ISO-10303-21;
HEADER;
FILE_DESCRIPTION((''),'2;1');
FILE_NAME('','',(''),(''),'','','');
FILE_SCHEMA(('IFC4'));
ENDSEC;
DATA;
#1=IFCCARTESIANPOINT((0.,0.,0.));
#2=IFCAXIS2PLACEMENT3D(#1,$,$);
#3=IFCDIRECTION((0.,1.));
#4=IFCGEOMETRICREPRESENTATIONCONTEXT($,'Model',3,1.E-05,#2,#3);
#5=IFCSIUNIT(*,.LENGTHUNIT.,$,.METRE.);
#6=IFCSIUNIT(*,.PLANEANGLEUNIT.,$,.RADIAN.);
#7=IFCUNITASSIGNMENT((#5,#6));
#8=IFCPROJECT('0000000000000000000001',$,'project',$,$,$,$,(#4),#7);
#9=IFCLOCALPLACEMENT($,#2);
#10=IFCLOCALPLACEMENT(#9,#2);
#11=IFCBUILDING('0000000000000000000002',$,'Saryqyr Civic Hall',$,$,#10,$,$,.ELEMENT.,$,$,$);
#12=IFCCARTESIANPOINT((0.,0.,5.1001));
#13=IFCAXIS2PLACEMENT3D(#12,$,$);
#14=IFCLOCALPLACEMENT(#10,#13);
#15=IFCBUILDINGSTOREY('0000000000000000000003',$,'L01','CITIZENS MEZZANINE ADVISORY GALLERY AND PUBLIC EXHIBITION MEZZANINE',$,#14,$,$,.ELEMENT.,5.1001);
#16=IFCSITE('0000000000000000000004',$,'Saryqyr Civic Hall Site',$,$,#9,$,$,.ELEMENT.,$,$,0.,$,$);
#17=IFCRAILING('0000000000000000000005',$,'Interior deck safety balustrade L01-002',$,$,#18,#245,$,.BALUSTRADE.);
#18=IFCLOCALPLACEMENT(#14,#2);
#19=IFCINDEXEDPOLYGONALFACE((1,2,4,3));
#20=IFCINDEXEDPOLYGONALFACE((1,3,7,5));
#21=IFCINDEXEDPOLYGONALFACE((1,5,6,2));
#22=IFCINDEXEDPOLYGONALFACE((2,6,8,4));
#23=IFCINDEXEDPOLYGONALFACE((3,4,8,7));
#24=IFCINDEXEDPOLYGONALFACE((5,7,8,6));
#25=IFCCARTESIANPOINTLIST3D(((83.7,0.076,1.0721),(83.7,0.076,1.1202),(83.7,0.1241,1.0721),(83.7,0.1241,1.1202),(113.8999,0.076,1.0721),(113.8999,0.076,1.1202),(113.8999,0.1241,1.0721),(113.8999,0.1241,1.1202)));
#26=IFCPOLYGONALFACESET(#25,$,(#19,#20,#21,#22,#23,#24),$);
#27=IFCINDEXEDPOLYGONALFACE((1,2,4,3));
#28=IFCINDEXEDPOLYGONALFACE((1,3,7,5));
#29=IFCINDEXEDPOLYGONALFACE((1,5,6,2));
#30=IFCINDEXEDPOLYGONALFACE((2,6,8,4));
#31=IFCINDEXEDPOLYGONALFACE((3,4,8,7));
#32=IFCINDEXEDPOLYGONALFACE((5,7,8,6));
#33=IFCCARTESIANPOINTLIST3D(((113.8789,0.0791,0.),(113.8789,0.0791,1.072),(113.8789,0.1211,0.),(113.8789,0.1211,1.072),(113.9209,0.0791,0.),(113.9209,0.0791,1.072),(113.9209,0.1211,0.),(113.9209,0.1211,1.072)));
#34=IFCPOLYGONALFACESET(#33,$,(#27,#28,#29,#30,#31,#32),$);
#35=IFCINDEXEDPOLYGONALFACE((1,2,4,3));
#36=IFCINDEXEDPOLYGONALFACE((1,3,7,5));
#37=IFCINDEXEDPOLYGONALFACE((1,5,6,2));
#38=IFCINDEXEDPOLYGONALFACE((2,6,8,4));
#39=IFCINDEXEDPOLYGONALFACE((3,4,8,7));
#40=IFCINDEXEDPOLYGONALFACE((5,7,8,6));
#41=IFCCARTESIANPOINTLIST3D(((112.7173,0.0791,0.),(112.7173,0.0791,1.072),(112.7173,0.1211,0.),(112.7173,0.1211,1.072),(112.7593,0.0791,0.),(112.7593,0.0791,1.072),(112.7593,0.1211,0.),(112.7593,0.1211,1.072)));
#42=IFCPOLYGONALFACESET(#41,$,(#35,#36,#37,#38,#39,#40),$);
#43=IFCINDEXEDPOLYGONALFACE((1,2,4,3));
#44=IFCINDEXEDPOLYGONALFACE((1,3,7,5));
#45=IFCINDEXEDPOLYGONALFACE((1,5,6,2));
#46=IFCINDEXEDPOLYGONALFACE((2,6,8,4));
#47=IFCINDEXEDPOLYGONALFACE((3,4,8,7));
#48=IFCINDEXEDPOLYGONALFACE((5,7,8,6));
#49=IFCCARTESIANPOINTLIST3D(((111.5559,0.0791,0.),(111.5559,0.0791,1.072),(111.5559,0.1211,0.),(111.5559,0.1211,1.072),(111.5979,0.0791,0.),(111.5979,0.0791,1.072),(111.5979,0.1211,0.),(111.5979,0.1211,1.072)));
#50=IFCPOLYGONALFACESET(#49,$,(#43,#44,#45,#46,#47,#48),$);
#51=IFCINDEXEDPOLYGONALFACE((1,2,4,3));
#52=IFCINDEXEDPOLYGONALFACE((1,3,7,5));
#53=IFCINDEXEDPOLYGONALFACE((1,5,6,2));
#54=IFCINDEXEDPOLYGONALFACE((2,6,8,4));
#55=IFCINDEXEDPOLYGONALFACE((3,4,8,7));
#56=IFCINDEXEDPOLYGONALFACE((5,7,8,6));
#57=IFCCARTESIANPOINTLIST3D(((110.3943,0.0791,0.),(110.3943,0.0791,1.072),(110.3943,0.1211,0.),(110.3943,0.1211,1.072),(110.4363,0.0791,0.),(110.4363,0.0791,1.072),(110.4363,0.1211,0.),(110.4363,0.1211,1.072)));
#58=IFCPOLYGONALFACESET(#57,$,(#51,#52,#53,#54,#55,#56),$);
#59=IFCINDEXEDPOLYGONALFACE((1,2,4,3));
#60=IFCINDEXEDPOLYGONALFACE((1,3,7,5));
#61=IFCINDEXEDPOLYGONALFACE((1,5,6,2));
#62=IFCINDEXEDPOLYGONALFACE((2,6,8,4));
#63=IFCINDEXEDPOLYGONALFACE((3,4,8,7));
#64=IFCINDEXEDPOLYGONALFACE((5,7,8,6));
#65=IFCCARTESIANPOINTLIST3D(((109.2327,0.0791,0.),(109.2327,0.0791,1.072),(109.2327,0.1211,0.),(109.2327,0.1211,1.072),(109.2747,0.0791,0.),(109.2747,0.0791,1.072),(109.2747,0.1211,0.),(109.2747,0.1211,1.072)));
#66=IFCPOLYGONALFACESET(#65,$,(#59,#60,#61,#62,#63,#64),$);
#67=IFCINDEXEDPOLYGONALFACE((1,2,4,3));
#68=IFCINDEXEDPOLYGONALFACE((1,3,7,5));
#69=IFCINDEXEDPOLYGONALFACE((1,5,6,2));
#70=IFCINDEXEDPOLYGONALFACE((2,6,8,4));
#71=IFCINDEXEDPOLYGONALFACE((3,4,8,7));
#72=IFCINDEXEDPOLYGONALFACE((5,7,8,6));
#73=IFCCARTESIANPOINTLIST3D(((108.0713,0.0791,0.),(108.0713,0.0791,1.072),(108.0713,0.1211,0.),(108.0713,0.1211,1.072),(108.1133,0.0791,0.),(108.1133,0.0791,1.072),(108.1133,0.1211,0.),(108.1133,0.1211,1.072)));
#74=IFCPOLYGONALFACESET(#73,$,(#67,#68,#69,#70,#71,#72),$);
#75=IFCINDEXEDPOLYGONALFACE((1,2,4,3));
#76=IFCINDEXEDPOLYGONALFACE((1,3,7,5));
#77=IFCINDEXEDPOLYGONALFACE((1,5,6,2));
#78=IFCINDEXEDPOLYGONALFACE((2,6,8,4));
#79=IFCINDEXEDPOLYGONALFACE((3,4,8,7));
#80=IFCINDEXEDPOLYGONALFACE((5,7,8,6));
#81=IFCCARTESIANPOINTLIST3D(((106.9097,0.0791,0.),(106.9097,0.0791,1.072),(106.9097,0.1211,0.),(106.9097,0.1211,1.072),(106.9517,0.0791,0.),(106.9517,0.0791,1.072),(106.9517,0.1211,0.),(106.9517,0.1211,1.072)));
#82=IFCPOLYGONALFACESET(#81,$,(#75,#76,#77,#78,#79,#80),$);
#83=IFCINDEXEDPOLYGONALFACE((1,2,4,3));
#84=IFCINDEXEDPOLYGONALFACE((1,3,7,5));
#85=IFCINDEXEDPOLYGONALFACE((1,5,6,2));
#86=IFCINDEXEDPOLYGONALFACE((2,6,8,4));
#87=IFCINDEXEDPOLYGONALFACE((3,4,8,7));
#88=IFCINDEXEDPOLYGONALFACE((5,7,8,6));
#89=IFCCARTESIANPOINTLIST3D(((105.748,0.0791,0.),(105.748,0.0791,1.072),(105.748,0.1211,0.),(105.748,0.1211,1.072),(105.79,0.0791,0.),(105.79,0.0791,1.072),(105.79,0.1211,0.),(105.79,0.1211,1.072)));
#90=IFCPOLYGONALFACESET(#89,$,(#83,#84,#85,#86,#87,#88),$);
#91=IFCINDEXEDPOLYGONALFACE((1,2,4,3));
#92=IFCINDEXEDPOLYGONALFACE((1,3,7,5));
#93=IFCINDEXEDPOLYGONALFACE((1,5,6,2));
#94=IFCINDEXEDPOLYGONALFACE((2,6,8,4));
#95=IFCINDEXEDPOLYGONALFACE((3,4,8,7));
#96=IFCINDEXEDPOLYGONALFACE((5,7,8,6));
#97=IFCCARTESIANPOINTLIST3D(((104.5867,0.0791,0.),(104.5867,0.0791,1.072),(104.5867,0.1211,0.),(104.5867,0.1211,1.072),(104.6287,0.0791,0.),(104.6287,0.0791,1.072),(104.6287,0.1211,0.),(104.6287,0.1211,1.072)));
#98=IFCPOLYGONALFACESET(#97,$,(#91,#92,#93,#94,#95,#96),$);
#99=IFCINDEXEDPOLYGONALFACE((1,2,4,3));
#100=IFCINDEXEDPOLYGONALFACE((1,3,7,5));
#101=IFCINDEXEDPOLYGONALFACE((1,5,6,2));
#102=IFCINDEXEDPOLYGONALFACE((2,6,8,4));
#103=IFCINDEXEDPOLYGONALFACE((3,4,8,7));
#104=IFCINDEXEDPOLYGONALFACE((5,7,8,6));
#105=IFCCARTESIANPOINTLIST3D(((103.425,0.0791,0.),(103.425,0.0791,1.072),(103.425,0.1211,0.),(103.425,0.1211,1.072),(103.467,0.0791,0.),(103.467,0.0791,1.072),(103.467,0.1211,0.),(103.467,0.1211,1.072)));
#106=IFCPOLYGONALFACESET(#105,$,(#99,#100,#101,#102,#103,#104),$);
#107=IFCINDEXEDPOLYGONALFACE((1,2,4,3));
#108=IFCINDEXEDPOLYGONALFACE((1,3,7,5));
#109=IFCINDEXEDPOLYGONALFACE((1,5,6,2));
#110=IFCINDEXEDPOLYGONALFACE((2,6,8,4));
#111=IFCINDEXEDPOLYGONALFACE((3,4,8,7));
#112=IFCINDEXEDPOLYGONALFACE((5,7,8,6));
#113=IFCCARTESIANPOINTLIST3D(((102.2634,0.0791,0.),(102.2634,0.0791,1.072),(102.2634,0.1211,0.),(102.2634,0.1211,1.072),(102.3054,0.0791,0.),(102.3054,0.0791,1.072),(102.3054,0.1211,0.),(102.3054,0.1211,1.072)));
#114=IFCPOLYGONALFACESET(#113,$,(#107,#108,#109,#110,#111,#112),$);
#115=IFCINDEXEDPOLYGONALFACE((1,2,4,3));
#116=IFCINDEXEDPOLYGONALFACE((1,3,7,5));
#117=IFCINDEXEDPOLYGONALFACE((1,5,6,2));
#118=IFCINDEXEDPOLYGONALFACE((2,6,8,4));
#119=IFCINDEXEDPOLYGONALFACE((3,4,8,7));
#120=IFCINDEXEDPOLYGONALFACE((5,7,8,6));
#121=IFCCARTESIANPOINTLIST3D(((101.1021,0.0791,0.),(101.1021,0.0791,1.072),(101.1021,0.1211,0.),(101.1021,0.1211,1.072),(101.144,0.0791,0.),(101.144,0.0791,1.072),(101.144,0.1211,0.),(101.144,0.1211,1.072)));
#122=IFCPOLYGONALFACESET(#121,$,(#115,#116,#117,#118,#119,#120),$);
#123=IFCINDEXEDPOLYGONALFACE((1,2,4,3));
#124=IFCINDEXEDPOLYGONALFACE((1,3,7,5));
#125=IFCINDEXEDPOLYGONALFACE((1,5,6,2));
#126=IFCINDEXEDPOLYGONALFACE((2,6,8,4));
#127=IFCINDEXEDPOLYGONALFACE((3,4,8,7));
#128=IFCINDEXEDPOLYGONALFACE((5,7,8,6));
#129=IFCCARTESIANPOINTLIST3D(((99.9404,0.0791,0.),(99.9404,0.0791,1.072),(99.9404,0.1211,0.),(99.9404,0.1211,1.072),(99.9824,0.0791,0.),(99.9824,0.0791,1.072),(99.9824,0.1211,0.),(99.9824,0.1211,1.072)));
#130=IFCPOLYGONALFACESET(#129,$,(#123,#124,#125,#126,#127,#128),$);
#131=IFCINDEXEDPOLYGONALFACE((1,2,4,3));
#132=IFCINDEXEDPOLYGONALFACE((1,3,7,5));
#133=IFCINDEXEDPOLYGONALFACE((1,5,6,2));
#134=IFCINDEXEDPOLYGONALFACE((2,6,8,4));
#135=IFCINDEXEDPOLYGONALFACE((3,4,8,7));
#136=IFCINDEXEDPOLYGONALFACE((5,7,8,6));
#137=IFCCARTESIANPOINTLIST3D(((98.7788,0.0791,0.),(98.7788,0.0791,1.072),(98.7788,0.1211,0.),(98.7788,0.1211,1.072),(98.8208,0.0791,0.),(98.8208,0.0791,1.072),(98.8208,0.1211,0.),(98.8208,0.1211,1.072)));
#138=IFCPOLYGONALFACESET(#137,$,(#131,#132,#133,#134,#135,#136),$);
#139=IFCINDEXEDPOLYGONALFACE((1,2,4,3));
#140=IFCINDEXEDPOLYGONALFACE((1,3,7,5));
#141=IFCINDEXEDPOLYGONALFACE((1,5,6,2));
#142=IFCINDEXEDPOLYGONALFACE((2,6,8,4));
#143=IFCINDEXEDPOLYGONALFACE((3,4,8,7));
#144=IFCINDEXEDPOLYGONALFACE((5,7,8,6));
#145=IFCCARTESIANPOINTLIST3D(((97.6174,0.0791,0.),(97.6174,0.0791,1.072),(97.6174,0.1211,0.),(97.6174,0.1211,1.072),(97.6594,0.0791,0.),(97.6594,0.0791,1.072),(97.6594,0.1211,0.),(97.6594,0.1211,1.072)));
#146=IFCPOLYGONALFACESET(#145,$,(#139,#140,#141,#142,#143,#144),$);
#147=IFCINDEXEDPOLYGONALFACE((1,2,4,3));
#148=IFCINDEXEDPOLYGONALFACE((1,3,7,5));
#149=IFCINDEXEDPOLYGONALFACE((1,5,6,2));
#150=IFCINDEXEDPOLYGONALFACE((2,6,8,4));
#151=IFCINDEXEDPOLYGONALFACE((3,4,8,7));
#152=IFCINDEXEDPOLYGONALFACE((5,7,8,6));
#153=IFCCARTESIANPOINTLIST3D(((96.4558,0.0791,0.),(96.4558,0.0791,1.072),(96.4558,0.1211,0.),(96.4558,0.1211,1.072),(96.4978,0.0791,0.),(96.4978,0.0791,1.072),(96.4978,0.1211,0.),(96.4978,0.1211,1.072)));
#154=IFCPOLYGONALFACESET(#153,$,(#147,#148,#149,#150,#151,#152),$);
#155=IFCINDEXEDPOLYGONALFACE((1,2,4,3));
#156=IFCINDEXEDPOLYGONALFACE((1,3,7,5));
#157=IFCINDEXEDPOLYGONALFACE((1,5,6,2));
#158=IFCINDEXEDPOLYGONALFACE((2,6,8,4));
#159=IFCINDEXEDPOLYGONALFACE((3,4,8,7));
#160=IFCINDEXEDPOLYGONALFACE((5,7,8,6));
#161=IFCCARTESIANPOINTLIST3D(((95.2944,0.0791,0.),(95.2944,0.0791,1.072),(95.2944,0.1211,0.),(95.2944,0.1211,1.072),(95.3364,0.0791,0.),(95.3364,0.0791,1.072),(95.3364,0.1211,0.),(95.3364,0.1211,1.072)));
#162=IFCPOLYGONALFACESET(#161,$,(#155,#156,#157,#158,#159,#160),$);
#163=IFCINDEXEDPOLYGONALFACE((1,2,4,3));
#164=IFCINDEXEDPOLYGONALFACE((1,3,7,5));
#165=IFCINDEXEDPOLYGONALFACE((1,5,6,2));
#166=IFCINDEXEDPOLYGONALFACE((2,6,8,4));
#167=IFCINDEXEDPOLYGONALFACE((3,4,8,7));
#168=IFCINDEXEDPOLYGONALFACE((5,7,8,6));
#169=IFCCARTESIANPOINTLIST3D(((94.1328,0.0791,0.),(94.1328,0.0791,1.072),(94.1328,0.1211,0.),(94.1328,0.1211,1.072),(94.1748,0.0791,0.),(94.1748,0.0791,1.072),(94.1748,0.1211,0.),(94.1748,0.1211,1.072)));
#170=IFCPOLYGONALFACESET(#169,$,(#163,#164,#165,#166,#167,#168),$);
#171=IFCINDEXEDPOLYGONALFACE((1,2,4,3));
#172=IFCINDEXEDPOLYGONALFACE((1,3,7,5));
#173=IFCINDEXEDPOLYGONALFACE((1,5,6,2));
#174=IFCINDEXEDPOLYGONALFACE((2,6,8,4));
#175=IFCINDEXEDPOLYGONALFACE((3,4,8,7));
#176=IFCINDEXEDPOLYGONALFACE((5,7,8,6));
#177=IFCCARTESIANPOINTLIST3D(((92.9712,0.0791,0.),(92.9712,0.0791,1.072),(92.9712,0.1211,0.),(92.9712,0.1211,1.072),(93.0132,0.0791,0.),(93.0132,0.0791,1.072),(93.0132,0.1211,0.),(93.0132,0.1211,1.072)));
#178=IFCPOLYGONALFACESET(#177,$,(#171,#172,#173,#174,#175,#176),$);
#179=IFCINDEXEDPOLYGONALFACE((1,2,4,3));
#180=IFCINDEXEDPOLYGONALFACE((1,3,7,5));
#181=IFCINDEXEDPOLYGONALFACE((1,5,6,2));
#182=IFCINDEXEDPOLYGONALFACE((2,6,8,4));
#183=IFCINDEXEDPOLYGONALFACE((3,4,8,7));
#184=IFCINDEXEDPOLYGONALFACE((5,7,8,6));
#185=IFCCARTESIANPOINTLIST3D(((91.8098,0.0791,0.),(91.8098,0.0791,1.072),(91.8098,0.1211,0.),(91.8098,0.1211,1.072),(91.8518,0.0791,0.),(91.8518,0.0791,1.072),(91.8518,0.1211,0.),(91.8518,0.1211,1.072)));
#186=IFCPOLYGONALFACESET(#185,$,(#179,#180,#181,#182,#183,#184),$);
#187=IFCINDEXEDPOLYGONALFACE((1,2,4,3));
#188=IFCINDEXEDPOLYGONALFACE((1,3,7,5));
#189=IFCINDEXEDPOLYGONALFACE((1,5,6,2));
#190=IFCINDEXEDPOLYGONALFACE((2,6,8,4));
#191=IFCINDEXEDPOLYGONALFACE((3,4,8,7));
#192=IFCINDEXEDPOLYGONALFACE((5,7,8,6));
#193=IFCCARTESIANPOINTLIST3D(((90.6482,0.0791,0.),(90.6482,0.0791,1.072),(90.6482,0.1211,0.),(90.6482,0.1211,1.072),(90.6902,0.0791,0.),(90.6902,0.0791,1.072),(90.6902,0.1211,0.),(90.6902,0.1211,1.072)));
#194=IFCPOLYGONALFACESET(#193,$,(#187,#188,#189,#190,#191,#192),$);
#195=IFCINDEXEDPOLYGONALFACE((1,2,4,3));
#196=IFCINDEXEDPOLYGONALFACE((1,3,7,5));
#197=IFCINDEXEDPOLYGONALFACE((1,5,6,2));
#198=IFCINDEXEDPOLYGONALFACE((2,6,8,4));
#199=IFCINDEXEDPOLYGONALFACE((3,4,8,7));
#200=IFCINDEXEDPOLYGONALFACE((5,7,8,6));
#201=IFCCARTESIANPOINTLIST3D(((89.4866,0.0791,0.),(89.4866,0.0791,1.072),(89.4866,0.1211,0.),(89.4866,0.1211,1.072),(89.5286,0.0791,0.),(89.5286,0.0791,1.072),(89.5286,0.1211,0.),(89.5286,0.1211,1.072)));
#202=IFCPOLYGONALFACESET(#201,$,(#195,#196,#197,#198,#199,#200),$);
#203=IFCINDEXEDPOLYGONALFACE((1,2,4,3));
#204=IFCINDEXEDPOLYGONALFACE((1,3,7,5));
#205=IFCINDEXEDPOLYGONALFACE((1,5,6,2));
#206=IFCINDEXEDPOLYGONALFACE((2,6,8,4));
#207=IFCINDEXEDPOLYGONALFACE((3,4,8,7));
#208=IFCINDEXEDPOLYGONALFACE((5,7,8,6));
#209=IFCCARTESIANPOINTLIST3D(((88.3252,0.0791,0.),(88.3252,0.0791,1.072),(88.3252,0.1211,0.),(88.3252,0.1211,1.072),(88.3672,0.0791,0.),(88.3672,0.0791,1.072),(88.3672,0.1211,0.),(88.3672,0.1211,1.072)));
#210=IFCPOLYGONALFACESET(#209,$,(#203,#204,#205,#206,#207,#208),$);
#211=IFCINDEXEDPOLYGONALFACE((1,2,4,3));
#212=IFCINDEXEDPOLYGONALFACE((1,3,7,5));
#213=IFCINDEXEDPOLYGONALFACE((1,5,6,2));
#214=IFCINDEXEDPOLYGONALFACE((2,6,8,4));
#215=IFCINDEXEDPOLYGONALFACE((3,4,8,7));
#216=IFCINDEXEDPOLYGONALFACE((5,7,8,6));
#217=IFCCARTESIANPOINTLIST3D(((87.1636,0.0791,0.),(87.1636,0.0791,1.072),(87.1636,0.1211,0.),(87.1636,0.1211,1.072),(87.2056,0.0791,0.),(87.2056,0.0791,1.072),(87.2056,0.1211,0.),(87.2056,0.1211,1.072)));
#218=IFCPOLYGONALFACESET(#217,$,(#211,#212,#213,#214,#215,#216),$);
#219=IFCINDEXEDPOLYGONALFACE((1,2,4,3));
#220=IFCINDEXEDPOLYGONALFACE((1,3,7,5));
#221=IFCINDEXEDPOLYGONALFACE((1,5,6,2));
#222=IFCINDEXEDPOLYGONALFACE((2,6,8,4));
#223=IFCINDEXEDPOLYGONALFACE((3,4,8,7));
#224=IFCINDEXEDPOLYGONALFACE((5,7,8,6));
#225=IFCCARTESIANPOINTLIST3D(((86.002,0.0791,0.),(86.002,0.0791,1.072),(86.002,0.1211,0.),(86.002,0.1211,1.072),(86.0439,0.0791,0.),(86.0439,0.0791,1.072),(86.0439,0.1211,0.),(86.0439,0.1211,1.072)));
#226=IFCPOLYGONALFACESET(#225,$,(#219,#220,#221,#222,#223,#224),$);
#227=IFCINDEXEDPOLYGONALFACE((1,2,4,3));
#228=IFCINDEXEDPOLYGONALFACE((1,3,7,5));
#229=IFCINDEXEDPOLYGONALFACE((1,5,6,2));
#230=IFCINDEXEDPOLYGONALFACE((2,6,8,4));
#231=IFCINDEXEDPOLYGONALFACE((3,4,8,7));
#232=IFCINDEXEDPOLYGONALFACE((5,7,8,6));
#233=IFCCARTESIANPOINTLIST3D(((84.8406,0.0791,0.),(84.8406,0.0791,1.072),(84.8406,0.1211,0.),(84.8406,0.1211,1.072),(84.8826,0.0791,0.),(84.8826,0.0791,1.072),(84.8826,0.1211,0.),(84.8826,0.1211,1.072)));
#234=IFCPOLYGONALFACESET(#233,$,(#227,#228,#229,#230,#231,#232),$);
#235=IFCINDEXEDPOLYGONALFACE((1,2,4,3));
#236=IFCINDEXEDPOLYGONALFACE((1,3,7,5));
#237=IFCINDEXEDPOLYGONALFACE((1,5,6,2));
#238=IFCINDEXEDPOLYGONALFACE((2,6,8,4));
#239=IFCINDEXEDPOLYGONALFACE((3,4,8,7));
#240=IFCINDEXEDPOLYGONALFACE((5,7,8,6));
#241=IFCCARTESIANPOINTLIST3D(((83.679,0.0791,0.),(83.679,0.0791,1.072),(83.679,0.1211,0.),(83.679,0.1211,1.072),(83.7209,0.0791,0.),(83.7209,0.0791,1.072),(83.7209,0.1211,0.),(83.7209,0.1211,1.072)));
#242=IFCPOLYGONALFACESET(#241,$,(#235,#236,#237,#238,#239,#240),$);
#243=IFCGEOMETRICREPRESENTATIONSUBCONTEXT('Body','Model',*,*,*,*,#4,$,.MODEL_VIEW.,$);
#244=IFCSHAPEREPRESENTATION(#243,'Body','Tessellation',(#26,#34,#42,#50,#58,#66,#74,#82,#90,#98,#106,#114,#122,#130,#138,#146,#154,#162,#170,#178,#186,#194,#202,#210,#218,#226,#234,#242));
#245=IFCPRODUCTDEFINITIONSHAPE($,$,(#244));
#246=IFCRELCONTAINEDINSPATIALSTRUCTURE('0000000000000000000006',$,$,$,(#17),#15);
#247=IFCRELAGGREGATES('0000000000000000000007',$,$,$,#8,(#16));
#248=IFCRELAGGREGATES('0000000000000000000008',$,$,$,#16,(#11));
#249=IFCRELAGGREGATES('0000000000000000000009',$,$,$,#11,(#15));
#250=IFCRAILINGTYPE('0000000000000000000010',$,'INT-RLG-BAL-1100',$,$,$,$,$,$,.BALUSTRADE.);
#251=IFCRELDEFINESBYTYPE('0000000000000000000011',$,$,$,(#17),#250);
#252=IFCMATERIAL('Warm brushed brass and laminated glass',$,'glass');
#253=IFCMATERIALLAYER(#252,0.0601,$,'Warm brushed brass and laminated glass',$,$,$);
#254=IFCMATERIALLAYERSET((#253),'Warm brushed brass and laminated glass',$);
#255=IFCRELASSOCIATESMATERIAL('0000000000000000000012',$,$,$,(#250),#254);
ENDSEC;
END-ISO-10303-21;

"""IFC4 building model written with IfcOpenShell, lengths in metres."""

from ifc_helpers import new_model, si_unit, direction, frame, origin, origin_2d, place, context, subcontext, project, spatial, rectangle, extrude, material, layer, layer_set, type_object, element, save


model = new_model("IFC4")

# Units and contexts
model_context = context("Model", 3, precision=1e-05, world=origin(), true_north=direction((0.0, 1.0)))
body_context = subcontext(model_context, "Body", "Model", "MODEL_VIEW")
ifc_project = project(units=[si_unit("LENGTHUNIT", "METRE"), si_unit("PLANEANGLEUNIT", "RADIAN")], contexts=[model_context])

# Site, building, storey
site_placement = place(None, origin())
site = spatial("IfcSite", under=ifc_project, at=site_placement, Name="Saryqyr Civic Hall Site", CompositionType="ELEMENT", RefElevation=0.0)
building_placement = place(site_placement, origin())
building = spatial("IfcBuilding", under=site, at=building_placement, Name="Saryqyr Civic Hall", CompositionType="ELEMENT")
storey_placement = place(building_placement, frame((0.0, 0.0, 5.1001)))
storey = spatial("IfcBuildingStorey", under=building, at=storey_placement, Name="L01", Description="CITIZENS MEZZANINE ADVISORY GALLERY AND PUBLIC EXHIBITION MEZZANINE", CompositionType="ELEMENT", Elevation=5.1001)

# Railing
ifc_material_1 = material(Name="Warm brushed brass and laminated glass", Category="glass")
ifc_layer_1 = layer(ifc_material_1, 0.0601, Name="Warm brushed brass and laminated glass")
ifc_layer_set_1 = layer_set([ifc_layer_1], Name="Warm brushed brass and laminated glass")
railing_type = type_object("IfcRailingType", Name="INT-RLG-BAL-1100", PredefinedType="BALUSTRADE", material=ifc_layer_set_1)
railing_1_placement = place(storey_placement, frame((113.8999, 0.1001, 0.0)))
element("IfcRailing", 1, at=railing_1_placement, inside=storey, type_object=railing_type, Name="Interior deck safety balustrade L01-002", PredefinedType="BALUSTRADE", context=body_context, shape_type="SweptSolid", body=[
    extrude(rectangle(XDim=0.0481, YDim=0.0481, at=origin_2d()), frame((0.0, 0.0, 1.0962), z_axis=(-1.0, 0.0, 0.0), x_axis=(0.0, -1.0, 0.0)), (0.0, 0.0, 1.0), 30.2),
    extrude(rectangle(XDim=0.042, YDim=0.042, at=origin_2d()), origin(), (0.0, 0.0, 1.0), 1.072),
    extrude(rectangle(XDim=0.042, YDim=0.042, at=origin_2d()), frame((-1.1616, 0.0, 0.0)), (0.0, 0.0, 1.0), 1.072),
    extrude(rectangle(XDim=0.042, YDim=0.042, at=origin_2d()), frame((-2.323, 0.0, 0.0)), (0.0, 0.0, 1.0), 1.072),
    extrude(rectangle(XDim=0.042, YDim=0.042, at=origin_2d()), frame((-3.4846, 0.0, 0.0)), (0.0, 0.0, 1.0), 1.072),
    extrude(rectangle(XDim=0.042, YDim=0.042, at=origin_2d()), frame((-4.6462, 0.0, 0.0)), (0.0, 0.0, 1.0), 1.072),
    extrude(rectangle(XDim=0.042, YDim=0.042, at=origin_2d()), frame((-5.8076, 0.0, 0.0)), (0.0, 0.0, 1.0), 1.072),
    extrude(rectangle(XDim=0.042, YDim=0.042, at=origin_2d()), frame((-6.9692, 0.0, 0.0)), (0.0, 0.0, 1.0), 1.072),
    extrude(rectangle(XDim=0.042, YDim=0.042, at=origin_2d()), frame((-8.1309, 0.0, 0.0)), (0.0, 0.0, 1.0), 1.072),
    extrude(rectangle(XDim=0.042, YDim=0.042, at=origin_2d()), frame((-9.2922, 0.0, 0.0)), (0.0, 0.0, 1.0), 1.072),
    extrude(rectangle(XDim=0.042, YDim=0.042, at=origin_2d()), frame((-10.4539, 0.0, 0.0)), (0.0, 0.0, 1.0), 1.072),
    extrude(rectangle(XDim=0.042, YDim=0.042, at=origin_2d()), frame((-11.6155, 0.0, 0.0)), (0.0, 0.0, 1.0), 1.072),
    extrude(rectangle(XDim=0.042, YDim=0.042, at=origin_2d()), frame((-12.7769, 0.0, 0.0)), (0.0, 0.0, 1.0), 1.072),
    extrude(rectangle(XDim=0.042, YDim=0.042, at=origin_2d()), frame((-13.9385, 0.0, 0.0)), (0.0, 0.0, 1.0), 1.072),
    extrude(rectangle(XDim=0.042, YDim=0.042, at=origin_2d()), frame((-15.1001, 0.0, 0.0)), (0.0, 0.0, 1.0), 1.072),
    extrude(rectangle(XDim=0.042, YDim=0.042, at=origin_2d()), frame((-16.2615, 0.0, 0.0)), (0.0, 0.0, 1.0), 1.072),
    extrude(rectangle(XDim=0.042, YDim=0.042, at=origin_2d()), frame((-17.4231, 0.0, 0.0)), (0.0, 0.0, 1.0), 1.072),
    extrude(rectangle(XDim=0.042, YDim=0.042, at=origin_2d()), frame((-18.5845, 0.0, 0.0)), (0.0, 0.0, 1.0), 1.072),
    extrude(rectangle(XDim=0.042, YDim=0.042, at=origin_2d()), frame((-19.7461, 0.0, 0.0)), (0.0, 0.0, 1.0), 1.072),
    extrude(rectangle(XDim=0.042, YDim=0.042, at=origin_2d()), frame((-20.9077, 0.0, 0.0)), (0.0, 0.0, 1.0), 1.072),
    extrude(rectangle(XDim=0.042, YDim=0.042, at=origin_2d()), frame((-22.0691, 0.0, 0.0)), (0.0, 0.0, 1.0), 1.072),
    extrude(rectangle(XDim=0.042, YDim=0.042, at=origin_2d()), frame((-23.2307, 0.0, 0.0)), (0.0, 0.0, 1.0), 1.072),
    extrude(rectangle(XDim=0.042, YDim=0.042, at=origin_2d()), frame((-24.3923, 0.0, 0.0)), (0.0, 0.0, 1.0), 1.072),
    extrude(rectangle(XDim=0.042, YDim=0.042, at=origin_2d()), frame((-25.5537, 0.0, 0.0)), (0.0, 0.0, 1.0), 1.072),
    extrude(rectangle(XDim=0.042, YDim=0.042, at=origin_2d()), frame((-26.7153, 0.0, 0.0)), (0.0, 0.0, 1.0), 1.072),
    extrude(rectangle(XDim=0.042, YDim=0.042, at=origin_2d()), frame((-27.877, 0.0, 0.0)), (0.0, 0.0, 1.0), 1.072),
    extrude(rectangle(XDim=0.042, YDim=0.042, at=origin_2d()), frame((-29.0383, 0.0, 0.0)), (0.0, 0.0, 1.0), 1.072),
    extrude(rectangle(XDim=0.042, YDim=0.042, at=origin_2d()), frame((-30.2, 0.0, 0.0)), (0.0, 0.0, 1.0), 1.072),
])

save(model, "model.ifc")
